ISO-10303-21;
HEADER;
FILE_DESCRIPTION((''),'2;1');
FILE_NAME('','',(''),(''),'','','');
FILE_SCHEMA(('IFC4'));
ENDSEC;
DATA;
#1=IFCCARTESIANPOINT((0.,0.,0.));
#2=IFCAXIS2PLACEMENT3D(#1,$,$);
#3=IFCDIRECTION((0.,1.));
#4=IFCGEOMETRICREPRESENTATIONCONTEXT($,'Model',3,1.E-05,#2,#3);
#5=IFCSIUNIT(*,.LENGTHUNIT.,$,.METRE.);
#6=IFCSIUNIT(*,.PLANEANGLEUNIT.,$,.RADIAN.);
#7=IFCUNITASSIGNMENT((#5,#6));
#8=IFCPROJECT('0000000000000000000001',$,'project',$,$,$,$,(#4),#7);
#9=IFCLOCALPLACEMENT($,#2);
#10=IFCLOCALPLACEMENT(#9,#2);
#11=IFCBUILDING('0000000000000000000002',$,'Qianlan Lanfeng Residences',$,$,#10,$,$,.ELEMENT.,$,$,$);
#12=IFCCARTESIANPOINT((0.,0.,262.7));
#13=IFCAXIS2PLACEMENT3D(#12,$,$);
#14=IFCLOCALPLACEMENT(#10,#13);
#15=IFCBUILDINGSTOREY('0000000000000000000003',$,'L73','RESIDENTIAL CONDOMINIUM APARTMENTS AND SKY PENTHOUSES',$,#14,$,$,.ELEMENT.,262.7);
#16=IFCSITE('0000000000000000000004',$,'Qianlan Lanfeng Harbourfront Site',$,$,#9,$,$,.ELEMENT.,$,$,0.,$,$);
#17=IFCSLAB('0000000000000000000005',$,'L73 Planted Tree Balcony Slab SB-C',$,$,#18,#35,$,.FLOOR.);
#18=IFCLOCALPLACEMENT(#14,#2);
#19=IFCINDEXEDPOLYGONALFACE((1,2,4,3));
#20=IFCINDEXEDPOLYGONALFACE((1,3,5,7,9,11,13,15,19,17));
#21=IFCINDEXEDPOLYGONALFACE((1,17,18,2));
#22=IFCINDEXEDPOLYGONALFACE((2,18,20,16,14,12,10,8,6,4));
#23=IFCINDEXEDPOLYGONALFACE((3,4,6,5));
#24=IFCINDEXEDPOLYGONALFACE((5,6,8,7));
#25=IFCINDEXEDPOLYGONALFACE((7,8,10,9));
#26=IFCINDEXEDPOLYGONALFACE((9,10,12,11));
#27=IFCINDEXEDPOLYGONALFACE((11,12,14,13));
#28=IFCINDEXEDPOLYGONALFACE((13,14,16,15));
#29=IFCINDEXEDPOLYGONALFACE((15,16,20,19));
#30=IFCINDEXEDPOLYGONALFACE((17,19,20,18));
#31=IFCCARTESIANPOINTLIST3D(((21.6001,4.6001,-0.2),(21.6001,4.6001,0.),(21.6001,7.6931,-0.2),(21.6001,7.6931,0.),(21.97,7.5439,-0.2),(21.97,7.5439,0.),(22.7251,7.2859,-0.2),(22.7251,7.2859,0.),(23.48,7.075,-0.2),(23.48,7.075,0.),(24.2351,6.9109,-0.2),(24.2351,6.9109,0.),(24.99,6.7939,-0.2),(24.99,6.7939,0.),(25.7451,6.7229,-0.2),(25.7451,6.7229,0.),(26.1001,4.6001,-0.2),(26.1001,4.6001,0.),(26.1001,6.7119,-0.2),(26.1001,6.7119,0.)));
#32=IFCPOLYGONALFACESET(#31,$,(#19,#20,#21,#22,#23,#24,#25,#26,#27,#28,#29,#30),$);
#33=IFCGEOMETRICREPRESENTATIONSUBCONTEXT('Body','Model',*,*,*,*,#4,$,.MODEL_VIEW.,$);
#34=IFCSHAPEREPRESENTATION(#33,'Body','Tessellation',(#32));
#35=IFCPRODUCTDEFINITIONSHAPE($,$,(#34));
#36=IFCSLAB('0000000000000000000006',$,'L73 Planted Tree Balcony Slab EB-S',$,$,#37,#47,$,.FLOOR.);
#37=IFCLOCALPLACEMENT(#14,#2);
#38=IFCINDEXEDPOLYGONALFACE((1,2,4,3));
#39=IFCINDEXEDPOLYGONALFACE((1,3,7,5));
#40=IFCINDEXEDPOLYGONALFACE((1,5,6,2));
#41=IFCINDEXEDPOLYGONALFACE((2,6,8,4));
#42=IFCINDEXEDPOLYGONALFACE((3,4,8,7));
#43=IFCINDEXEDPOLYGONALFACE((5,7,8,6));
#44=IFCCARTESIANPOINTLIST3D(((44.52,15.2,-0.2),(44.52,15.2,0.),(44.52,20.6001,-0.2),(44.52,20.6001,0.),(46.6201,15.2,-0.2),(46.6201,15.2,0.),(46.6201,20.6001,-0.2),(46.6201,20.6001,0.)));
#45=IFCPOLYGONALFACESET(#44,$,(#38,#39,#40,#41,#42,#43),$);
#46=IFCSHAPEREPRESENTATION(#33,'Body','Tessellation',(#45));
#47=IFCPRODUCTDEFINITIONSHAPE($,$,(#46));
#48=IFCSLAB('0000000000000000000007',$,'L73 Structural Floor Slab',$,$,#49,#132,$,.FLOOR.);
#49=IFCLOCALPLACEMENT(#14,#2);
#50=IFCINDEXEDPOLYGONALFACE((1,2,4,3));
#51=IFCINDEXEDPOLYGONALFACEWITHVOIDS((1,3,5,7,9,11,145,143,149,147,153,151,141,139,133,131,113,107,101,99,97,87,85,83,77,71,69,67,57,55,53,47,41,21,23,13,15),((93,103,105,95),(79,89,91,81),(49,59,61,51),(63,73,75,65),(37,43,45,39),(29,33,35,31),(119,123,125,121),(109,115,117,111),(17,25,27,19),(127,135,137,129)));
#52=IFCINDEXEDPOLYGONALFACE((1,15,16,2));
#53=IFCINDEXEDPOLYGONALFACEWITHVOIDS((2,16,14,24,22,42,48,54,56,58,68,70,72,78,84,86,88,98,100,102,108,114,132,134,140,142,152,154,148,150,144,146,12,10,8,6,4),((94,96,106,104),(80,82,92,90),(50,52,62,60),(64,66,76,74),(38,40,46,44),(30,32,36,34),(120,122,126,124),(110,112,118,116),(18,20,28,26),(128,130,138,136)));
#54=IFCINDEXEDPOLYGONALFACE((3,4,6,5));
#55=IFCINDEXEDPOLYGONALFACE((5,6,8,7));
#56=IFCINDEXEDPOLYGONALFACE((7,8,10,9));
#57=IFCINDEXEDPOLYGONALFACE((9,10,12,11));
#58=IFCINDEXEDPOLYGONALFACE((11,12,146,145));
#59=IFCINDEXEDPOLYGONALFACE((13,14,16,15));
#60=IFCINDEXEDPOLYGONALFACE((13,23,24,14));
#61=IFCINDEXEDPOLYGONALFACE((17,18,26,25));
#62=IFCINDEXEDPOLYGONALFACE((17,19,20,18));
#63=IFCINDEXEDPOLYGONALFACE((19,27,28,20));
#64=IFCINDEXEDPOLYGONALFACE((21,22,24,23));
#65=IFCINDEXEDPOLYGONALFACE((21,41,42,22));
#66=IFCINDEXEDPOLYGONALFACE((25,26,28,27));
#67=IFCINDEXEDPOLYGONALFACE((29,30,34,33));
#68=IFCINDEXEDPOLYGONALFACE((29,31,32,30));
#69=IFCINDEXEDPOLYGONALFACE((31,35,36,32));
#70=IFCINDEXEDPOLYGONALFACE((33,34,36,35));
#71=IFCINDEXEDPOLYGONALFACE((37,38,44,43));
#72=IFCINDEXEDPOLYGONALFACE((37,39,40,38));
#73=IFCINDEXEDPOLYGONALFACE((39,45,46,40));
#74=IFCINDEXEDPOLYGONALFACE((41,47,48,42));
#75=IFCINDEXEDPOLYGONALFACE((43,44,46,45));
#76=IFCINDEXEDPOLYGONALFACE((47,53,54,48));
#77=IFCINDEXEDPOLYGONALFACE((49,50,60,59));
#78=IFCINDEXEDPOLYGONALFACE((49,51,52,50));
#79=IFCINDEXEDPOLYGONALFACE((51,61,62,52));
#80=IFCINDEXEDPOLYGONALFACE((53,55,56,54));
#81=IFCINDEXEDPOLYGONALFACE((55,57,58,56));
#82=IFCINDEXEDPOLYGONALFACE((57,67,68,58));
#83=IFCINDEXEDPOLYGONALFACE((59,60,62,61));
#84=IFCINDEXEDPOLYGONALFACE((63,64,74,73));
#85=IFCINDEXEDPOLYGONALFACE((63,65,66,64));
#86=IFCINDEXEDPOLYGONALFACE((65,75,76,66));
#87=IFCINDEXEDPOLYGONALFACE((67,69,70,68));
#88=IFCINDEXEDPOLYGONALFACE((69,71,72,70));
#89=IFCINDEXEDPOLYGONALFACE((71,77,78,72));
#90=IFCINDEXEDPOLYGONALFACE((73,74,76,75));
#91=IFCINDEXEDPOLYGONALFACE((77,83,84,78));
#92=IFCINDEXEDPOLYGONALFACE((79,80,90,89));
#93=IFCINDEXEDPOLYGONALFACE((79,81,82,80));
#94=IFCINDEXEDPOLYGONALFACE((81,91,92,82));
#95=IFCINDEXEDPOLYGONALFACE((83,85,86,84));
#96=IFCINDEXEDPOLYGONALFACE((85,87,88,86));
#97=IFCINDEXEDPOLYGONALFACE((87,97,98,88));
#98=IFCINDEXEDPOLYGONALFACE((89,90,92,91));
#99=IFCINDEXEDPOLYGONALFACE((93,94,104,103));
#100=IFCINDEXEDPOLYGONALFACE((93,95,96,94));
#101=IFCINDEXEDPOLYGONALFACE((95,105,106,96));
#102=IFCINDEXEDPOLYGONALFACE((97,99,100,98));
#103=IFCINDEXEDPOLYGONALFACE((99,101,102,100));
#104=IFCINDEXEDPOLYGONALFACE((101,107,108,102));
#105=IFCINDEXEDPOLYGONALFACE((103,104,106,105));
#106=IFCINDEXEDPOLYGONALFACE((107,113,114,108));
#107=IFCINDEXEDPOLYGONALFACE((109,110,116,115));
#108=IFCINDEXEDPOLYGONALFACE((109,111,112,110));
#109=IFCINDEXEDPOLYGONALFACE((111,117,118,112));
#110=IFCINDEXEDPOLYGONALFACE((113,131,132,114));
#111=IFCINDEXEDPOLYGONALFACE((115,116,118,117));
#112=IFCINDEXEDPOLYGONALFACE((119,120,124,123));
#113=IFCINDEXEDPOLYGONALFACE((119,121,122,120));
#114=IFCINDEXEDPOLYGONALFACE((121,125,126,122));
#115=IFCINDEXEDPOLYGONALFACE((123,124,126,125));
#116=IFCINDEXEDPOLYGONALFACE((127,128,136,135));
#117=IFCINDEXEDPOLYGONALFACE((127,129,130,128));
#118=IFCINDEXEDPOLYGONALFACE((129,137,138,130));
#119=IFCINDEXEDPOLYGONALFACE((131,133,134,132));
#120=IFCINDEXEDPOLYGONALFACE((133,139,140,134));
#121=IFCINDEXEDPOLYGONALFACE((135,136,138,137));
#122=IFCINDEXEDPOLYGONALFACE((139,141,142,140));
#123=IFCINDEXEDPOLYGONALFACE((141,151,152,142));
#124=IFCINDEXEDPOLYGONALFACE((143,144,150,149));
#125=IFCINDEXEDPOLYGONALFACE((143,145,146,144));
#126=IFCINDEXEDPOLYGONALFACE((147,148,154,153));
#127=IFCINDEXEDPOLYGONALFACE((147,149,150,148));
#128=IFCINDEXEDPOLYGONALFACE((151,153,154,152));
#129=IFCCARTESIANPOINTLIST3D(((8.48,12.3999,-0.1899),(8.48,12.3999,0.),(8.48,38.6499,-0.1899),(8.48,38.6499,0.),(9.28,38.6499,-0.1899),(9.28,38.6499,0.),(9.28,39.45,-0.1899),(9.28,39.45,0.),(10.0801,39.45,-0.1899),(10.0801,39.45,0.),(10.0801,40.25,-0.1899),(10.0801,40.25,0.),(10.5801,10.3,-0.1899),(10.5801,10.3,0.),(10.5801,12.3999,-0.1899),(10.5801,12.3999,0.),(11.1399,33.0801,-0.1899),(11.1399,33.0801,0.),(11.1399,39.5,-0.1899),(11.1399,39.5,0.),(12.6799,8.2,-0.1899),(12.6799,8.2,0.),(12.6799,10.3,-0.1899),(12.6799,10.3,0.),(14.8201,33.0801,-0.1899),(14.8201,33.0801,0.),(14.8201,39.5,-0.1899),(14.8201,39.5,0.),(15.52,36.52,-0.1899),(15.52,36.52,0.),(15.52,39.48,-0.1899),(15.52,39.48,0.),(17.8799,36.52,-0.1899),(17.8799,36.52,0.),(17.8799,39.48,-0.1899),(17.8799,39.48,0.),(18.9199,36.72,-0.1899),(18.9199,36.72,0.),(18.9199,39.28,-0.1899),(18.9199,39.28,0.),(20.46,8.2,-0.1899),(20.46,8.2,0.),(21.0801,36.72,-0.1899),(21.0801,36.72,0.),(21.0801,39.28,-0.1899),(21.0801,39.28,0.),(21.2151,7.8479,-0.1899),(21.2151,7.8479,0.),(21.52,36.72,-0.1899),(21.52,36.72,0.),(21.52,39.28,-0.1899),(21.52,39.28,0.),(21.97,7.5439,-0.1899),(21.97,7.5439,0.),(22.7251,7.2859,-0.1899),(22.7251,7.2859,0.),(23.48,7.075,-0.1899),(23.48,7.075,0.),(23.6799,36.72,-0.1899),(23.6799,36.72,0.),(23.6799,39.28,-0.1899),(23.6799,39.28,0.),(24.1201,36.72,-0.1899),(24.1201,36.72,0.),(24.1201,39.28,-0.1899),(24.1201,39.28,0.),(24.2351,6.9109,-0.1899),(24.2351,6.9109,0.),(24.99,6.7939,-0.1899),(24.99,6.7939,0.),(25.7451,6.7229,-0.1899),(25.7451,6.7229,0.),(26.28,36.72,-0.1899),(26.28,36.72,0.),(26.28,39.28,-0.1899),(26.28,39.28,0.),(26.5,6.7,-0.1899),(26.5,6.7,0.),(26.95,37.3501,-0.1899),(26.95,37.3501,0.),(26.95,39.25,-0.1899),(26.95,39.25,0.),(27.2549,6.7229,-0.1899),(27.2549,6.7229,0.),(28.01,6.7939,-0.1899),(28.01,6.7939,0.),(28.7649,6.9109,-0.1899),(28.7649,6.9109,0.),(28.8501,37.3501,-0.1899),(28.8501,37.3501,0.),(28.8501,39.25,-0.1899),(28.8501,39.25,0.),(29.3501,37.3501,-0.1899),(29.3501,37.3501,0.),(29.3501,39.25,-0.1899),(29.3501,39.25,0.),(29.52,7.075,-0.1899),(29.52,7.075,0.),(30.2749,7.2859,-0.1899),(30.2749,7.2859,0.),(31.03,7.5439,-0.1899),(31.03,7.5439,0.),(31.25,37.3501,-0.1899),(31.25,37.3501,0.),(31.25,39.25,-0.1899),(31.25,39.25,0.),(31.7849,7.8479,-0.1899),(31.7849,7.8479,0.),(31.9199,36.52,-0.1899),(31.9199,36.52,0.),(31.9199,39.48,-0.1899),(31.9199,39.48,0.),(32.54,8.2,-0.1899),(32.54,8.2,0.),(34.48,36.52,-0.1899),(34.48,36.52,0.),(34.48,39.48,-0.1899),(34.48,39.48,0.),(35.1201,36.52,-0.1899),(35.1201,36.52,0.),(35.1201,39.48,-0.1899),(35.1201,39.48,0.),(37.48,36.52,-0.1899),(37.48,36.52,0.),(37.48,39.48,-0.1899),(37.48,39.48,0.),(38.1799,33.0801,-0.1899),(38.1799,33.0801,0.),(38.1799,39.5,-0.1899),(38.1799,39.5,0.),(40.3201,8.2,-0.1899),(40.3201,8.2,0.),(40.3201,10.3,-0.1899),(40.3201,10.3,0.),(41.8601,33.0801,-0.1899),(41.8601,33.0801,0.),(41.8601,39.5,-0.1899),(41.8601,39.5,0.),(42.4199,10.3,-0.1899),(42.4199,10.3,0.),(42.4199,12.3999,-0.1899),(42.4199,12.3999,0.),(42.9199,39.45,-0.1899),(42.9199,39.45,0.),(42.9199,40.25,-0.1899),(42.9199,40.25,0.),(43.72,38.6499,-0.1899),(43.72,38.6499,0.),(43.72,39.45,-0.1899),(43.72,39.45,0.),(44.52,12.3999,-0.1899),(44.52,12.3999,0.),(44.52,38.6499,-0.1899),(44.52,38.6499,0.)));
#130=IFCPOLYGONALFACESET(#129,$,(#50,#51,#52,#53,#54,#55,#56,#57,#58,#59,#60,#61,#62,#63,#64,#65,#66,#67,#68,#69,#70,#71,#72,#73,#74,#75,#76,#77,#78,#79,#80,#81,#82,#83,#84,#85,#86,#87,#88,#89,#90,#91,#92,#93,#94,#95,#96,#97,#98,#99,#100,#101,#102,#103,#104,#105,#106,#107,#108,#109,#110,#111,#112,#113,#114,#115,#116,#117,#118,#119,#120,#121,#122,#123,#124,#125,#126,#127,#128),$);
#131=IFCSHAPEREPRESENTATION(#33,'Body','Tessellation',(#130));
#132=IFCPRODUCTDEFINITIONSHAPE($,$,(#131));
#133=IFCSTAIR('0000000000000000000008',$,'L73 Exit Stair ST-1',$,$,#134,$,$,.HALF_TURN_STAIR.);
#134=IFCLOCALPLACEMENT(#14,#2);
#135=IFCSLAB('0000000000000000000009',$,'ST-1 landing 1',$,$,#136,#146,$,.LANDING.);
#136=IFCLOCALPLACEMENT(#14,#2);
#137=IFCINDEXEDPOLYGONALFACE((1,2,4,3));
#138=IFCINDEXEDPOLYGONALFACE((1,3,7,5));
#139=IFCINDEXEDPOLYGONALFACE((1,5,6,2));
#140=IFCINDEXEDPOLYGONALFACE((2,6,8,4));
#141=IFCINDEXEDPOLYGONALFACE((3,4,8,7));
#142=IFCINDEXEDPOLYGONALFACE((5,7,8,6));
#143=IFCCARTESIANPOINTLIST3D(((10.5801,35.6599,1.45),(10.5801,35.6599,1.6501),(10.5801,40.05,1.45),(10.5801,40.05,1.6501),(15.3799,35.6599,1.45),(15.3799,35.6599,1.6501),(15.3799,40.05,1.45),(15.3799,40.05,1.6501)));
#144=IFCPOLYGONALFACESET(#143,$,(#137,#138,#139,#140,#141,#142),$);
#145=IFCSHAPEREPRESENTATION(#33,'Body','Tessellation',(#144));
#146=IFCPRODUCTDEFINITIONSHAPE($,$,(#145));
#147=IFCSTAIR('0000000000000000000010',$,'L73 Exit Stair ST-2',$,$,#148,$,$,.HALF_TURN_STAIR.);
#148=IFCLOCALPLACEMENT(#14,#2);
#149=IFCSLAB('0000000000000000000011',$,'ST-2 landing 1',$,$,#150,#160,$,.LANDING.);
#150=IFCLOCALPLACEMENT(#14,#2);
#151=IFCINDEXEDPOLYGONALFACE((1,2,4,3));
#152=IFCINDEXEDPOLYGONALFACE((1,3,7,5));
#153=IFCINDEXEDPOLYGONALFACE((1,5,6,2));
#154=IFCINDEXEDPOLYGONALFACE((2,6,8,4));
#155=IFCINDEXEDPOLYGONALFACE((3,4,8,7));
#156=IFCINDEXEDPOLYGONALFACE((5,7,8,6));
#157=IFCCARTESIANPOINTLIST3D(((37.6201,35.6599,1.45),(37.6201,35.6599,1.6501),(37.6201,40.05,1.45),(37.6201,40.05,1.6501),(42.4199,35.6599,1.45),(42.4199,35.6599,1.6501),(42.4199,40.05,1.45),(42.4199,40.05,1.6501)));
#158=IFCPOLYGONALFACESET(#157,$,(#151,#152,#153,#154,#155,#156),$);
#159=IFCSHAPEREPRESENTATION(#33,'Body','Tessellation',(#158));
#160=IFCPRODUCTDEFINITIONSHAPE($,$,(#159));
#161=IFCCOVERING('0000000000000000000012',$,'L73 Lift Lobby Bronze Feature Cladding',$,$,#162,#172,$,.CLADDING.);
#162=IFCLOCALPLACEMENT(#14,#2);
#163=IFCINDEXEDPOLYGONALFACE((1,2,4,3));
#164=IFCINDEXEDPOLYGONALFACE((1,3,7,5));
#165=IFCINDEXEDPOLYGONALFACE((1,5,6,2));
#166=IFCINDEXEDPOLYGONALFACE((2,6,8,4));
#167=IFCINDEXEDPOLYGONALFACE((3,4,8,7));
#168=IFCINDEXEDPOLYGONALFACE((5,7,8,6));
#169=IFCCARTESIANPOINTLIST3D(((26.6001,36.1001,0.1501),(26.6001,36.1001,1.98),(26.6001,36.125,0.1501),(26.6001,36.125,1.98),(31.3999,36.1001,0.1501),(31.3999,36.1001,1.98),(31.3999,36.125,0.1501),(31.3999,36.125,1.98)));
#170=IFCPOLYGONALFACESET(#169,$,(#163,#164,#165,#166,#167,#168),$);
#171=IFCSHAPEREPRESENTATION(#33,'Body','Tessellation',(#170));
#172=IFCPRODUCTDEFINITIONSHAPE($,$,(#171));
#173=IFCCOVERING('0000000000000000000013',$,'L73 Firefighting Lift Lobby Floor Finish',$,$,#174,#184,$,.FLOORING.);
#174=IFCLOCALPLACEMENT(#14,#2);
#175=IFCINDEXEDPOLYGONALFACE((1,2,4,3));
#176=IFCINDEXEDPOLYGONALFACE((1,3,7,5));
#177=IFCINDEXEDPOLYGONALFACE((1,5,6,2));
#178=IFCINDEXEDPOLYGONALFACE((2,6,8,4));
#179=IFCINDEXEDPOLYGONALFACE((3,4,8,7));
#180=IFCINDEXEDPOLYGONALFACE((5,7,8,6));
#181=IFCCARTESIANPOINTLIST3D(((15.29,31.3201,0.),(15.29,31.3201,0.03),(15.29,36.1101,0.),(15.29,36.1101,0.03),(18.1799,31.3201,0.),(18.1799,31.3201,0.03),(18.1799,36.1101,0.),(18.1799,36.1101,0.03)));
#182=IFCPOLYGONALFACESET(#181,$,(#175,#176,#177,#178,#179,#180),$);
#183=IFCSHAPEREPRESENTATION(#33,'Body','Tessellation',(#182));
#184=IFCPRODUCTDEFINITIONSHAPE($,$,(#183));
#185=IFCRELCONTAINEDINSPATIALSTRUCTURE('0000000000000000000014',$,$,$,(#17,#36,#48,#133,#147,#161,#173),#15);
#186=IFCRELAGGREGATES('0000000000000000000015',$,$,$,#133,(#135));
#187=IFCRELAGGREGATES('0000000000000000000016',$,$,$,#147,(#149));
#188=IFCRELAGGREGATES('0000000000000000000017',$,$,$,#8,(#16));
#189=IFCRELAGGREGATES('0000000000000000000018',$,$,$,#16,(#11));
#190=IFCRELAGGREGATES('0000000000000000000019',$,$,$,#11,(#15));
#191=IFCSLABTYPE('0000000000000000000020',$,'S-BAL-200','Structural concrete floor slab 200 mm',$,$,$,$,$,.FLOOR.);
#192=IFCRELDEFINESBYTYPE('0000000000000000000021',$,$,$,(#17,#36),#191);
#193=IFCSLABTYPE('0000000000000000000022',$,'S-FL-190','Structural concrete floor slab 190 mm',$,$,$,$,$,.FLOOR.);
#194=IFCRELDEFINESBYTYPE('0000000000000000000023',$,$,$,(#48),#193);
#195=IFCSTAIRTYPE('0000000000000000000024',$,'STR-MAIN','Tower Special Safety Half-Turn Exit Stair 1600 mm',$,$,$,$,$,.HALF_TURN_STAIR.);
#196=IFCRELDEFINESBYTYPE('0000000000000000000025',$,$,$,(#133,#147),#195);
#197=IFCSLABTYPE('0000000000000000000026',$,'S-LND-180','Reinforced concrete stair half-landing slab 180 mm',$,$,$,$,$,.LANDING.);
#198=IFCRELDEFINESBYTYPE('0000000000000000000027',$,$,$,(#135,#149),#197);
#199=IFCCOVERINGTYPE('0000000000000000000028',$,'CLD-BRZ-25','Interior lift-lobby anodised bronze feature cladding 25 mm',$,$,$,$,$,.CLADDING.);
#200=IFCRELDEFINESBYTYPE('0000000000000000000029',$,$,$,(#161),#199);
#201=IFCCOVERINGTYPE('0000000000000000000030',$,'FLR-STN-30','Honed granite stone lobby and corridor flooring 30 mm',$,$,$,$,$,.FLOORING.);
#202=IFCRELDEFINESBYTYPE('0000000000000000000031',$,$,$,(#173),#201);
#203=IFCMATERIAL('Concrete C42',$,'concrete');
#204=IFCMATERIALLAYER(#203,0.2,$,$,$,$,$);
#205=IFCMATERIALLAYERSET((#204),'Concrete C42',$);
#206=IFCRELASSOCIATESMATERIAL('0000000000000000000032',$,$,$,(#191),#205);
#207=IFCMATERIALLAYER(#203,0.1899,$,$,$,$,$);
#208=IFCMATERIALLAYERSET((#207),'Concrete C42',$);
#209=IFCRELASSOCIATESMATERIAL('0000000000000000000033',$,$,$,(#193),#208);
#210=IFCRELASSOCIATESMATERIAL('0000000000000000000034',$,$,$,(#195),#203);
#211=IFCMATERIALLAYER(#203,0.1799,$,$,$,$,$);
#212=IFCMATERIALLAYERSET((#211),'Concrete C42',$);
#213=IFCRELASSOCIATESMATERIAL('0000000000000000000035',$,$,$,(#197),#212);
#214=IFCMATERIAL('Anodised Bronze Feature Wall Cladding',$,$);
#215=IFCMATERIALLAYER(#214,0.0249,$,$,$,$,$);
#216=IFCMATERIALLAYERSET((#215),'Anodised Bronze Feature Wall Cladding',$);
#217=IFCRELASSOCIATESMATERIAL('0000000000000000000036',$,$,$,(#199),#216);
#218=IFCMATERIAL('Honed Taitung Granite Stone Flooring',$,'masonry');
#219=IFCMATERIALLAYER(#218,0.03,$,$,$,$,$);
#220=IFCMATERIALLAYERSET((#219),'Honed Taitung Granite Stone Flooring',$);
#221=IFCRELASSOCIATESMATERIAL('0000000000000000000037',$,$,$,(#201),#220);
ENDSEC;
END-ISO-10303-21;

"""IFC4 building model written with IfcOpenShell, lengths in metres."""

from ifc_helpers import new_model, si_unit, direction, frame, origin, place, context, subcontext, project, spatial, polyline, outline, extrude, material, layer, layer_set, type_object, element, aggregate, save


model = new_model("IFC4")

# Units and contexts
model_context = context("Model", 3, precision=1e-05, world=origin(), true_north=direction((0.0, 1.0)))
body_context = subcontext(model_context, "Body", "Model", "MODEL_VIEW")
ifc_project = project(units=[si_unit("LENGTHUNIT", "METRE"), si_unit("PLANEANGLEUNIT", "RADIAN")], contexts=[model_context])

# Site, building, storey
site_placement = place(None, origin())
site = spatial("IfcSite", under=ifc_project, at=site_placement, Name="Qianlan Lanfeng Harbourfront Site", CompositionType="ELEMENT", RefElevation=0.0)
building_placement = place(site_placement, origin())
building = spatial("IfcBuilding", under=site, at=building_placement, Name="Qianlan Lanfeng Residences", CompositionType="ELEMENT")
storey_placement = place(building_placement, frame((0.0, 0.0, 262.7)))
storey = spatial("IfcBuildingStorey", under=building, at=storey_placement, Name="L73", Description="RESIDENTIAL CONDOMINIUM APARTMENTS AND SKY PENTHOUSES", CompositionType="ELEMENT", Elevation=262.7)

# Slabs
ifc_material_1 = material(Name="Concrete C42", Category="concrete")
ifc_layer_1 = layer(ifc_material_1, 0.2)
ifc_layer_set_1 = layer_set([ifc_layer_1], Name="Concrete C42")
slab_type_1 = type_object("IfcSlabType", Name="S-BAL-200", Description="Structural concrete floor slab 200 mm", PredefinedType="FLOOR", material=ifc_layer_set_1)
slab_1_placement = place(storey_placement, frame((0.0, 0.0, -0.2)))
element("IfcSlab", 1, at=slab_1_placement, inside=storey, type_object=slab_type_1, Name="L73 Planted Tree Balcony Slab SB-C", PredefinedType="FLOOR", context=body_context, shape_type="SweptSolid", body=[
    extrude(outline(polyline([(26.1001, 6.7119), (25.7451, 6.7229), (24.99, 6.7939), (24.2351, 6.9109), (23.48, 7.075), (22.7251, 7.2859), (21.97, 7.5439), (21.6001, 7.6931), (21.6001, 4.6001), (26.1001, 4.6001), (26.1001, 6.7119)])), origin(), (0.0, 0.0, 1.0), 0.2),
])
slab_2_placement = place(storey_placement, frame((0.0, 0.0, -0.2)))
element("IfcSlab", 2, at=slab_2_placement, inside=storey, type_object=slab_type_1, Name="L73 Planted Tree Balcony Slab EB-S", PredefinedType="FLOOR", context=body_context, shape_type="SweptSolid", body=[
    extrude(outline(polyline([(44.52, 20.6001), (44.52, 15.2), (46.6201, 15.2), (46.6201, 20.6001), (44.52, 20.6001)])), origin(), (0.0, 0.0, 1.0), 0.2),
])
ifc_layer_2 = layer(ifc_material_1, 0.1899)
ifc_layer_set_2 = layer_set([ifc_layer_2], Name="Concrete C42")
slab_type_2 = type_object("IfcSlabType", Name="S-FL-190", Description="Structural concrete floor slab 190 mm", PredefinedType="FLOOR", material=ifc_layer_set_2)
slab_3_placement = place(storey_placement, frame((0.0, 0.0, -0.1899)))
element("IfcSlab", 3, at=slab_3_placement, inside=storey, type_object=slab_type_2, Name="L73 Structural Floor Slab", PredefinedType="FLOOR", context=body_context, shape_type="SweptSolid", body=[
    extrude(outline(polyline([(8.48, 12.3999), (10.5801, 12.3999), (10.5801, 10.3), (12.6799, 10.3), (12.6799, 8.2), (20.46, 8.2), (21.2151, 7.8479), (21.97, 7.5439), (22.7251, 7.2859), (23.48, 7.075), (24.2351, 6.9109), (24.99, 6.7939), (25.7451, 6.7229), (26.5, 6.7), (27.2549, 6.7229), (28.01, 6.7939), (28.7649, 6.9109), (29.52, 7.075), (30.2749, 7.2859), (31.03, 7.5439), (31.7849, 7.8479), (32.54, 8.2), (40.3201, 8.2), (40.3201, 10.3), (42.4199, 10.3), (42.4199, 12.3999), (44.52, 12.3999), (44.52, 38.6499), (43.72, 38.6499), (43.72, 39.45), (42.9199, 39.45), (42.9199, 40.25), (10.0801, 40.25), (10.0801, 39.45), (9.28, 39.45), (9.28, 38.6499), (8.48, 38.6499), (8.48, 12.3999)]), holes=[polyline([(11.1399, 33.0801), (11.1399, 39.5), (14.8201, 39.5), (14.8201, 33.0801), (11.1399, 33.0801)]), polyline([(38.1799, 33.0801), (38.1799, 39.5), (41.8601, 39.5), (41.8601, 33.0801), (38.1799, 33.0801)]), polyline([(15.52, 36.52), (15.52, 39.48), (17.8799, 39.48), (17.8799, 36.52), (15.52, 36.52)]), polyline([(35.1201, 36.52), (35.1201, 39.48), (37.48, 39.48), (37.48, 36.52), (35.1201, 36.52)]), polyline([(31.9199, 36.52), (31.9199, 39.48), (34.48, 39.48), (34.48, 36.52), (31.9199, 36.52)]), polyline([(18.9199, 36.72), (18.9199, 39.28), (21.0801, 39.28), (21.0801, 36.72), (18.9199, 36.72)]), polyline([(21.52, 36.72), (21.52, 39.28), (23.6799, 39.28), (23.6799, 36.72), (21.52, 36.72)]), polyline([(24.1201, 36.72), (24.1201, 39.28), (26.28, 39.28), (26.28, 36.72), (24.1201, 36.72)]), polyline([(26.95, 37.3501), (26.95, 39.25), (28.8501, 39.25), (28.8501, 37.3501), (26.95, 37.3501)]), polyline([(29.3501, 37.3501), (29.3501, 39.25), (31.25, 39.25), (31.25, 37.3501), (29.3501, 37.3501)])]), origin(), (0.0, 0.0, 1.0), 0.1899),
])

# Stairs, slabs
stair_type = type_object("IfcStairType", Name="STR-MAIN", Description="Tower Special Safety Half-Turn Exit Stair 1600 mm", PredefinedType="HALF_TURN_STAIR", material=ifc_material_1)
stair_1_placement = place(storey_placement, origin())
stair_1 = element("IfcStair", 4, at=stair_1_placement, inside=storey, type_object=stair_type, Name="L73 Exit Stair ST-1", PredefinedType="HALF_TURN_STAIR")
ifc_layer_3 = layer(ifc_material_1, 0.1799)
ifc_layer_set_3 = layer_set([ifc_layer_3], Name="Concrete C42")
slab_type_3 = type_object("IfcSlabType", Name="S-LND-180", Description="Reinforced concrete stair half-landing slab 180 mm", PredefinedType="LANDING", material=ifc_layer_set_3)
slab_4_placement = place(storey_placement, frame((0.0, 0.0, 1.45)))
slab_4 = element("IfcSlab", 5, at=slab_4_placement, type_object=slab_type_3, Name="ST-1 landing 1", PredefinedType="LANDING", context=body_context, shape_type="SweptSolid", body=[
    extrude(outline(polyline([(10.5801, 35.6599), (15.3799, 35.6599), (15.3799, 40.05), (10.5801, 40.05), (10.5801, 35.6599)])), origin(), (0.0, 0.0, 1.0), 0.2002),
])
aggregate(stair_1, [slab_4])
stair_2_placement = place(storey_placement, origin())
stair_2 = element("IfcStair", 6, at=stair_2_placement, inside=storey, type_object=stair_type, Name="L73 Exit Stair ST-2", PredefinedType="HALF_TURN_STAIR")
slab_5_placement = place(storey_placement, frame((0.0, 0.0, 1.45)))
slab_5 = element("IfcSlab", 7, at=slab_5_placement, type_object=slab_type_3, Name="ST-2 landing 1", PredefinedType="LANDING", context=body_context, shape_type="SweptSolid", body=[
    extrude(outline(polyline([(37.6201, 35.6599), (42.4199, 35.6599), (42.4199, 40.05), (37.6201, 40.05), (37.6201, 35.6599)])), origin(), (0.0, 0.0, 1.0), 0.2002),
])
aggregate(stair_2, [slab_5])

# Coverings
ifc_material_2 = material(Name="Anodised Bronze Feature Wall Cladding")
ifc_layer_4 = layer(ifc_material_2, 0.0249)
ifc_layer_set_4 = layer_set([ifc_layer_4], Name="Anodised Bronze Feature Wall Cladding")
covering_type_1 = type_object("IfcCoveringType", Name="CLD-BRZ-25", Description="Interior lift-lobby anodised bronze feature cladding 25 mm", PredefinedType="CLADDING", material=ifc_layer_set_4)
covering_1_placement = place(storey_placement, frame((0.0, 0.0, 0.1501)))
element("IfcCovering", 8, at=covering_1_placement, inside=storey, type_object=covering_type_1, Name="L73 Lift Lobby Bronze Feature Cladding", PredefinedType="CLADDING", context=body_context, shape_type="SweptSolid", body=[
    extrude(outline(polyline([(26.6001, 36.1001), (31.3999, 36.1001), (31.3999, 36.125), (26.6001, 36.125), (26.6001, 36.1001)])), origin(), (0.0, 0.0, 1.0), 1.8298),
])
ifc_material_3 = material(Name="Honed Taitung Granite Stone Flooring", Category="masonry")
ifc_layer_5 = layer(ifc_material_3, 0.03)
ifc_layer_set_5 = layer_set([ifc_layer_5], Name="Honed Taitung Granite Stone Flooring")
covering_type_2 = type_object("IfcCoveringType", Name="FLR-STN-30", Description="Honed granite stone lobby and corridor flooring 30 mm", PredefinedType="FLOORING", material=ifc_layer_set_5)
covering_2_placement = place(storey_placement, origin())
element("IfcCovering", 9, at=covering_2_placement, inside=storey, type_object=covering_type_2, Name="L73 Firefighting Lift Lobby Floor Finish", PredefinedType="FLOORING", context=body_context, shape_type="SweptSolid", body=[
    extrude(outline(polyline([(15.29, 31.3201), (18.1799, 31.3201), (18.1799, 36.1101), (15.29, 36.1101), (15.29, 31.3201)])), origin(), (0.0, 0.0, 1.0), 0.03),
])

save(model, "model.ifc")
